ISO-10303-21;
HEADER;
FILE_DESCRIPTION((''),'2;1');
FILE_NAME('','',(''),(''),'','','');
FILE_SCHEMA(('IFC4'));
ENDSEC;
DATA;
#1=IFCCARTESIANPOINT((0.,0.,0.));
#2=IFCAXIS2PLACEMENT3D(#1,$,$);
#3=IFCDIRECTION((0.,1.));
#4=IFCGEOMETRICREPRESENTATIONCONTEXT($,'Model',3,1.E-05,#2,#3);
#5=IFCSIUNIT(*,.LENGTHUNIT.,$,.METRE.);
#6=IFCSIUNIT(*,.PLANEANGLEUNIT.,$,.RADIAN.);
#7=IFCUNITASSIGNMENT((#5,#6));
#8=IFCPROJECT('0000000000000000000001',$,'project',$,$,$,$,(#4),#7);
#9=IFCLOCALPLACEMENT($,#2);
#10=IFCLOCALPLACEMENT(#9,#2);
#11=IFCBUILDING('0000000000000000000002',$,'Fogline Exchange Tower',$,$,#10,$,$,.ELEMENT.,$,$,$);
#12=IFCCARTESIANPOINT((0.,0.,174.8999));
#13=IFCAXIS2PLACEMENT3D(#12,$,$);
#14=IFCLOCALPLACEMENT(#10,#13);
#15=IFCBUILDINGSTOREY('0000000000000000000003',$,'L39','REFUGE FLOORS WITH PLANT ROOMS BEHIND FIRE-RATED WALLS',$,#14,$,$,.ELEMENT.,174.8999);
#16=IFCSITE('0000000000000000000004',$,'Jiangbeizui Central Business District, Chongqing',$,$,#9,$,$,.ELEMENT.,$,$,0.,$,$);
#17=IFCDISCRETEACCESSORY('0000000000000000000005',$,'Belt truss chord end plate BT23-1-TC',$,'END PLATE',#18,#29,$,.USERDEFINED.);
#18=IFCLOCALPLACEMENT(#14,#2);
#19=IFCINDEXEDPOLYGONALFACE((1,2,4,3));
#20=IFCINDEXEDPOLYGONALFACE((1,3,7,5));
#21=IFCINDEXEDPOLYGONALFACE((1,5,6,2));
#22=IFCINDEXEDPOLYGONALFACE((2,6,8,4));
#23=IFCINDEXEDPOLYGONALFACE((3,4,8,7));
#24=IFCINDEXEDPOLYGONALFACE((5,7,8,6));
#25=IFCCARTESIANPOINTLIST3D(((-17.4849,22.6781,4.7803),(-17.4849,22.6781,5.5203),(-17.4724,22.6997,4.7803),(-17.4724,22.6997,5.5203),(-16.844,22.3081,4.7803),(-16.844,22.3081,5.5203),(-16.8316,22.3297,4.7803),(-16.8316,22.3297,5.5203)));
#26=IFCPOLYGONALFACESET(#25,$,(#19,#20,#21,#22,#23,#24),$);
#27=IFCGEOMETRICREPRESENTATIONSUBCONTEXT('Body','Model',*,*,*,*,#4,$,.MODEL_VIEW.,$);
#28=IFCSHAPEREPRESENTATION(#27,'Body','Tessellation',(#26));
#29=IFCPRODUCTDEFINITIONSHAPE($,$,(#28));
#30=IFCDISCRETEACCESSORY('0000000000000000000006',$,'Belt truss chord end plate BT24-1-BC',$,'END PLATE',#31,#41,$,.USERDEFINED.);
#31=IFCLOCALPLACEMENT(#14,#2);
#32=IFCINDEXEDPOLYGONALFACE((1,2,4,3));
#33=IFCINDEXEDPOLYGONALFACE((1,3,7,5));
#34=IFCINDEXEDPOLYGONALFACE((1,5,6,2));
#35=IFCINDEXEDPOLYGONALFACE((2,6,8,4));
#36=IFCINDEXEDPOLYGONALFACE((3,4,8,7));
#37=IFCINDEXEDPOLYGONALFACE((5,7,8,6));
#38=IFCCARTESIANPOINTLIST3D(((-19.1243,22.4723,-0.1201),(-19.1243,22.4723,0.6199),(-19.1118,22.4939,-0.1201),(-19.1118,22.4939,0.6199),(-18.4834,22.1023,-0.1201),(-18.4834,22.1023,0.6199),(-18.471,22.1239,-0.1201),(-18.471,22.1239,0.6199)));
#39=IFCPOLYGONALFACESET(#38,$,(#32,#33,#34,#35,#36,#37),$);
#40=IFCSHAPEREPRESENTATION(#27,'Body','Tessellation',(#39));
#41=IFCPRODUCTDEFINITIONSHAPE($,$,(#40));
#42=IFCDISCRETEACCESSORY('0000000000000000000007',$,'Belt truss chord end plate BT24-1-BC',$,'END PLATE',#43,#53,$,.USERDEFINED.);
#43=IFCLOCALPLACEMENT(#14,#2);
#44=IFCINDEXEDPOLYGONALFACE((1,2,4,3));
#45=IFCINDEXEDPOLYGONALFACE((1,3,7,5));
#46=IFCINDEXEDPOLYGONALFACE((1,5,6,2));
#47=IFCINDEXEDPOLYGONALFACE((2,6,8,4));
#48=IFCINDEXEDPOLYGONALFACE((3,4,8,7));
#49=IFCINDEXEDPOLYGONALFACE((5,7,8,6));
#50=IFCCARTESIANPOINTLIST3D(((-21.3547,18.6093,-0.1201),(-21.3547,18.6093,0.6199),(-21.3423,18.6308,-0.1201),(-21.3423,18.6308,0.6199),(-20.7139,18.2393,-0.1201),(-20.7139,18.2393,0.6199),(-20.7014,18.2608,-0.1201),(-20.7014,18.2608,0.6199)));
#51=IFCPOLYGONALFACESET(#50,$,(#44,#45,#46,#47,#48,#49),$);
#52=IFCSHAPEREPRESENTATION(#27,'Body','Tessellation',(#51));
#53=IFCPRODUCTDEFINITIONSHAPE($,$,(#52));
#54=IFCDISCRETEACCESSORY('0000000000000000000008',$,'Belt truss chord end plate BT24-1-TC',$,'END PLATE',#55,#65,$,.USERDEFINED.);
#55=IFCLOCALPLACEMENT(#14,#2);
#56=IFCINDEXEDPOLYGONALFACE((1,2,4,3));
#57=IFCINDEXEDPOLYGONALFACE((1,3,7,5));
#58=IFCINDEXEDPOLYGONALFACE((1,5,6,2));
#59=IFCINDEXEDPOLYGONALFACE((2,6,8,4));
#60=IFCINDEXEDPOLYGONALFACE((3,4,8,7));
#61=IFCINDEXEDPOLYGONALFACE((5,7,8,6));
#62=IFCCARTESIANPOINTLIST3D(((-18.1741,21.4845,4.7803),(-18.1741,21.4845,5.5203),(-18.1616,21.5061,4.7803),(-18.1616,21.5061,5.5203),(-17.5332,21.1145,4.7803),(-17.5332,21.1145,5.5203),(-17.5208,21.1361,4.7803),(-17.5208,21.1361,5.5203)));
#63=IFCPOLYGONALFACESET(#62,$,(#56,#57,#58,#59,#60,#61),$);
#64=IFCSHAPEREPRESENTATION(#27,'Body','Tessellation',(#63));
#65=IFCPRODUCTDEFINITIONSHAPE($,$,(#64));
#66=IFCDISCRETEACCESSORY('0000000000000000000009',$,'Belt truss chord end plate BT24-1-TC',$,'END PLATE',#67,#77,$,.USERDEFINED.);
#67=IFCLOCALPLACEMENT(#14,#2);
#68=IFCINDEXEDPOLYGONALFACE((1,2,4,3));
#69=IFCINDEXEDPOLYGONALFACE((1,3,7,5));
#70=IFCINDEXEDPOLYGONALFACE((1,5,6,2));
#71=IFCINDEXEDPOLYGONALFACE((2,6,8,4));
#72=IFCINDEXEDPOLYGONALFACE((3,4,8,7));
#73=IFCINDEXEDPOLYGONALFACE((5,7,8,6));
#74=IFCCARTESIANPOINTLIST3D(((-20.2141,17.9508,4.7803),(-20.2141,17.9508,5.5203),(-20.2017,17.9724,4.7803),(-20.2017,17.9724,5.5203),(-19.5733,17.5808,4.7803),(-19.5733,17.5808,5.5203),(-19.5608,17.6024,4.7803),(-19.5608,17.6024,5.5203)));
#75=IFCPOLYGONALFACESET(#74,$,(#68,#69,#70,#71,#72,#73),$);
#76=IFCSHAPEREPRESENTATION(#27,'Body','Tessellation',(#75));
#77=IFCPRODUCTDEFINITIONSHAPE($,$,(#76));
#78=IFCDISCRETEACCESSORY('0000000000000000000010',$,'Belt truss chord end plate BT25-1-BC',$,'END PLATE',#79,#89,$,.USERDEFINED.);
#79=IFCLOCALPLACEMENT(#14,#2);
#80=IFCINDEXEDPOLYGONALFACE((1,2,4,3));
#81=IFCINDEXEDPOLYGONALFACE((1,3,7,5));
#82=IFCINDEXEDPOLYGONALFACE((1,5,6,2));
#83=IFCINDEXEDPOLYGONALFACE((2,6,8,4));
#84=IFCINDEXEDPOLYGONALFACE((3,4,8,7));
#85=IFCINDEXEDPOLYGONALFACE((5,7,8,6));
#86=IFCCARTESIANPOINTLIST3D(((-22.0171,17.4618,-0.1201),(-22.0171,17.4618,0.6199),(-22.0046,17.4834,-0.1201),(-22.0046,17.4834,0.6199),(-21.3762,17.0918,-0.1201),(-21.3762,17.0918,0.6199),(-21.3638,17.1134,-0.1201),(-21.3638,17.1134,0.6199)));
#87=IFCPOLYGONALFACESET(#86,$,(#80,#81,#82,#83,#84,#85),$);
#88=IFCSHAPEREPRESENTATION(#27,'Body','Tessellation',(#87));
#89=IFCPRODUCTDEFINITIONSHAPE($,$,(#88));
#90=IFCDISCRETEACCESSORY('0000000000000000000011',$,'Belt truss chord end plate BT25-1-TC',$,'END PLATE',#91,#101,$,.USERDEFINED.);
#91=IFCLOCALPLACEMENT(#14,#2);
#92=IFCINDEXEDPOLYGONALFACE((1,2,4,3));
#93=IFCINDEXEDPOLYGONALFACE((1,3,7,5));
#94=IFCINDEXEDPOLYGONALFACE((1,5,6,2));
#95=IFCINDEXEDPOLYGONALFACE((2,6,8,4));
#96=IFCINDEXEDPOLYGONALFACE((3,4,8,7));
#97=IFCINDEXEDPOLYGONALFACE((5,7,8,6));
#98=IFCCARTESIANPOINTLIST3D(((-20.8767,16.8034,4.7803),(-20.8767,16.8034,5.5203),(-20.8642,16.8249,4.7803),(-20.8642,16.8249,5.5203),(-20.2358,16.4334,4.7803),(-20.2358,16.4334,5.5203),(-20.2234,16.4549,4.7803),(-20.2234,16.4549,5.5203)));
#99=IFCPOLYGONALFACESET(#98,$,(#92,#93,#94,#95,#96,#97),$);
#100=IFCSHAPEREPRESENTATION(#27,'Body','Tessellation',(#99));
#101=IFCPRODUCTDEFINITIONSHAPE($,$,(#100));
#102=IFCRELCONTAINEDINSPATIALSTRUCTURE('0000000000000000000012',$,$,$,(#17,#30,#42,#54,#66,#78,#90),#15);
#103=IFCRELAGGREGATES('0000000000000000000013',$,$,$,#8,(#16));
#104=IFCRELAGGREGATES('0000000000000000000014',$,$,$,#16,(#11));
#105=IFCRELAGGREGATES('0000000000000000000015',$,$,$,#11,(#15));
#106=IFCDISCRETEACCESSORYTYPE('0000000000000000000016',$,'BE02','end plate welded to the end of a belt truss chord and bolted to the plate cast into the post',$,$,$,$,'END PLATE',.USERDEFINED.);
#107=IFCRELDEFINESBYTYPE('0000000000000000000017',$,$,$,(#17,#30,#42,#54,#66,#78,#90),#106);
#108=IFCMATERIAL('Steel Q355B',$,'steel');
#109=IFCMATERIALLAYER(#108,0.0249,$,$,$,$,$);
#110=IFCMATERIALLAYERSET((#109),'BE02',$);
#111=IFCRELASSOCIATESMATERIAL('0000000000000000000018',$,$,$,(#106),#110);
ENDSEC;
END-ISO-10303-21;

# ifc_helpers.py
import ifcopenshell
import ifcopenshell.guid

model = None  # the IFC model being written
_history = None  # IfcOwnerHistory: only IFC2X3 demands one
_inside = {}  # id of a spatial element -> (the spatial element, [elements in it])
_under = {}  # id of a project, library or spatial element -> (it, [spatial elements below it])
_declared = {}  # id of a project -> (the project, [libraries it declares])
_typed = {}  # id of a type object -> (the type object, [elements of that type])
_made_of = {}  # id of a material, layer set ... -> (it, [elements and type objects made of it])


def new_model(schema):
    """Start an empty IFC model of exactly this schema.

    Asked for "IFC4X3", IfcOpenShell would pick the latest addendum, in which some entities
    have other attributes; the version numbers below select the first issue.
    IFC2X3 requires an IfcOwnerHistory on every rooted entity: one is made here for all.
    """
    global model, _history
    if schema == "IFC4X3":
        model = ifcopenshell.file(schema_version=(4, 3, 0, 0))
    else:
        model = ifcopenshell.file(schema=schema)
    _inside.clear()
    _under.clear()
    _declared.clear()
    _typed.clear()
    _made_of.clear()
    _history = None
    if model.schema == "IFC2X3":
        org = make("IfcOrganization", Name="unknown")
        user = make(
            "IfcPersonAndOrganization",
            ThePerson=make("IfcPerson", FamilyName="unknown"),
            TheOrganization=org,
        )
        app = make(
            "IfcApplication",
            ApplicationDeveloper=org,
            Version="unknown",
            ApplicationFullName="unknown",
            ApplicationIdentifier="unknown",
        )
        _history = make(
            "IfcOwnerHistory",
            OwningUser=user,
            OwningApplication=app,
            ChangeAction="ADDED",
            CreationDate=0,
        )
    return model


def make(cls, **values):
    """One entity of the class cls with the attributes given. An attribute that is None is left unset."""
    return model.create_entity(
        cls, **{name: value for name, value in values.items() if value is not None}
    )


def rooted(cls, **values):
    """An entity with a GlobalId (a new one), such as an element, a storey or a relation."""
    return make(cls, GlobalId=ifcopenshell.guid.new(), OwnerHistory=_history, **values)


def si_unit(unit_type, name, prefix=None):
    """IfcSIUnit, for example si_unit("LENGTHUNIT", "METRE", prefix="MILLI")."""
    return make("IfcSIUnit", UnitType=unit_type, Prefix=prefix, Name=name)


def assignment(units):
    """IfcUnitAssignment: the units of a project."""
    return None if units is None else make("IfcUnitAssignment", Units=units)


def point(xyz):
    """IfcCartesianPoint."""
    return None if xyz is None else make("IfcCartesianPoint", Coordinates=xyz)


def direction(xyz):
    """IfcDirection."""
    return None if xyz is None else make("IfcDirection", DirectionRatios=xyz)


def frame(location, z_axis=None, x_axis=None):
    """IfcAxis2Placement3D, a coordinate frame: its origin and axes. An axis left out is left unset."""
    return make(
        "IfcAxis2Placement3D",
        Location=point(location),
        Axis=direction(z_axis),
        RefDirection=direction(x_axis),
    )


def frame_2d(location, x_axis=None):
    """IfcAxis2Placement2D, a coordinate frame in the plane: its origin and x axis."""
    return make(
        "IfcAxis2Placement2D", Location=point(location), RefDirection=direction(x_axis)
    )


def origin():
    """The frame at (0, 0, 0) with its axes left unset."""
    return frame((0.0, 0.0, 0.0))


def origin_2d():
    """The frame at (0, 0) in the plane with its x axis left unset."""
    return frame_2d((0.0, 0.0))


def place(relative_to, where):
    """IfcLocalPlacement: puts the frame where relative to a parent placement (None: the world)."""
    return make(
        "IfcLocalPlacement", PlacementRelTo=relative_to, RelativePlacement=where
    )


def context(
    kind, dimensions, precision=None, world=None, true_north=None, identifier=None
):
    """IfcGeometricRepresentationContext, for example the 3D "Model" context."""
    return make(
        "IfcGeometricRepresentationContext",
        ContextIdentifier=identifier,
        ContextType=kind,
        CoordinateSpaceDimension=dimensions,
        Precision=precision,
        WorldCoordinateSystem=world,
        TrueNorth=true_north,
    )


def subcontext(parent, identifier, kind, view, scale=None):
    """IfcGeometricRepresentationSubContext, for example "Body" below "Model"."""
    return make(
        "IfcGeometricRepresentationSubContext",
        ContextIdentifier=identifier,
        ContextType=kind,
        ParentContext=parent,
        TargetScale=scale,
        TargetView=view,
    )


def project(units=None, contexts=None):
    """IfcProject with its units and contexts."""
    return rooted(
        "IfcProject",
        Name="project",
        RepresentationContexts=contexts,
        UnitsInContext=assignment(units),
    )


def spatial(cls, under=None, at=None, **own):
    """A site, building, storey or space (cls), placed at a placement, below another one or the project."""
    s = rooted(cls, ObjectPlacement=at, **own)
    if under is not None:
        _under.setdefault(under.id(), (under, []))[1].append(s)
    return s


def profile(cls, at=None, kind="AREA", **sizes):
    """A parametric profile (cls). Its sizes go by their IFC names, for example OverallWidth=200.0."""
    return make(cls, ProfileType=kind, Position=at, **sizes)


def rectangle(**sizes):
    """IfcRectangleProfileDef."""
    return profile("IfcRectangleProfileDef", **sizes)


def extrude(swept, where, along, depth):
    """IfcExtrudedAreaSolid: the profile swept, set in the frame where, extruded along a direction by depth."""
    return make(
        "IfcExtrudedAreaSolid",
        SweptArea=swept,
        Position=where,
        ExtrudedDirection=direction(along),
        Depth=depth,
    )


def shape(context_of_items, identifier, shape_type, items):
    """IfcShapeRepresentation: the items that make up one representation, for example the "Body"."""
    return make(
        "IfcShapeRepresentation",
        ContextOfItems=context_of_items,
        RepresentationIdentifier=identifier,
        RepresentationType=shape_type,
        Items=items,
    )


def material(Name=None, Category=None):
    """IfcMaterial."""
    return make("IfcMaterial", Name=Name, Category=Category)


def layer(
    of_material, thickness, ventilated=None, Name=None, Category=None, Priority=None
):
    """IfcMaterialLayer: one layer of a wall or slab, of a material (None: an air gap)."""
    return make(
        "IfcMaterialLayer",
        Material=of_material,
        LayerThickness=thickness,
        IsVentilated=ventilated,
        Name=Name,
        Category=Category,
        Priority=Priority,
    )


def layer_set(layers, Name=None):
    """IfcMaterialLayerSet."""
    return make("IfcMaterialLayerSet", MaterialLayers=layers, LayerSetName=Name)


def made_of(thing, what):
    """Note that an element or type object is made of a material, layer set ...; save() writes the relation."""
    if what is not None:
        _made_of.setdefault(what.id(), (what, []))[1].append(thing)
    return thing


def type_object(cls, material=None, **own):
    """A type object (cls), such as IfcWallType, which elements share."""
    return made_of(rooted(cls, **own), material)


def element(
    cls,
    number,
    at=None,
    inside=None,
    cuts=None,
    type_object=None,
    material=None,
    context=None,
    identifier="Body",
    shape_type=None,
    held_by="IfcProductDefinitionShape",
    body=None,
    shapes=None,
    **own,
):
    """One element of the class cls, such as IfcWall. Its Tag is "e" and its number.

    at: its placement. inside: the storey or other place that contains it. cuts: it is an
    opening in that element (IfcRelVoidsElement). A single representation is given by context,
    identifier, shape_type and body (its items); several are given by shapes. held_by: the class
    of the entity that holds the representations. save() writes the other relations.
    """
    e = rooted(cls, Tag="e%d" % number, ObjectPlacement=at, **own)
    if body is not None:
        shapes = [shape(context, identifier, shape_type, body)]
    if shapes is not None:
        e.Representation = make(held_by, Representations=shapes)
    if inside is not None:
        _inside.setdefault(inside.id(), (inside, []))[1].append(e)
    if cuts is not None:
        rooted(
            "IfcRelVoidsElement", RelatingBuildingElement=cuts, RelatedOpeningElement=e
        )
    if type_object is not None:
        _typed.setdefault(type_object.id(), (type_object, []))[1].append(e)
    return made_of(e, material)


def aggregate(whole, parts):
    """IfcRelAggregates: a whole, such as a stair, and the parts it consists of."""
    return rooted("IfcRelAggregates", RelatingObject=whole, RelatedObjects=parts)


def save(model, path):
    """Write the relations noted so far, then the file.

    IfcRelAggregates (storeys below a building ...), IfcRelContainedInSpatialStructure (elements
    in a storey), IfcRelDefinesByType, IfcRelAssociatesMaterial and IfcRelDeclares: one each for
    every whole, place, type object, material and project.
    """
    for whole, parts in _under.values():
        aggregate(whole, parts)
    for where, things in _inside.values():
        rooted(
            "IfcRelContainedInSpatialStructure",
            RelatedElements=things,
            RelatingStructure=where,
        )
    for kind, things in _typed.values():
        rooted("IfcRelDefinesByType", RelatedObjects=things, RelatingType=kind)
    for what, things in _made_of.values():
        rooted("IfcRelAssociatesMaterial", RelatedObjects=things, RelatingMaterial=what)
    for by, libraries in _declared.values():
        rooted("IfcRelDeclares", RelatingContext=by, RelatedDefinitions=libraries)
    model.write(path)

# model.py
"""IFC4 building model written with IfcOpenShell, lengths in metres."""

from ifc_helpers import new_model, si_unit, direction, frame, origin, origin_2d, place, context, subcontext, project, spatial, rectangle, extrude, material, layer, layer_set, type_object, element, save


model = new_model("IFC4")

# Units and contexts
model_context = context("Model", 3, precision=1e-05, world=origin(), true_north=direction((0.0, 1.0)))
body_context = subcontext(model_context, "Body", "Model", "MODEL_VIEW")
ifc_project = project(units=[si_unit("LENGTHUNIT", "METRE"), si_unit("PLANEANGLEUNIT", "RADIAN")], contexts=[model_context])

# Site, building, storey
site_placement = place(None, origin())
site = spatial("IfcSite", under=ifc_project, at=site_placement, Name="Jiangbeizui Central Business District, Chongqing", CompositionType="ELEMENT", RefElevation=0.0)
building_placement = place(site_placement, origin())
building = spatial("IfcBuilding", under=site, at=building_placement, Name="Fogline Exchange Tower", CompositionType="ELEMENT")
storey_placement = place(building_placement, frame((0.0, 0.0, 174.8999)))
storey = spatial("IfcBuildingStorey", under=building, at=storey_placement, Name="L39", Description="REFUGE FLOORS WITH PLANT ROOMS BEHIND FIRE-RATED WALLS", CompositionType="ELEMENT", Elevation=174.8999)

# Shared definitions
ifc_material_1 = material(Name="Steel Q355B", Category="steel")

# Discrete accessories
ifc_layer = layer(ifc_material_1, 0.0249)
ifc_layer_set = layer_set([ifc_layer], Name="BE02")
discrete_accessory_type = type_object("IfcDiscreteAccessoryType", Name="BE02", Description="end plate welded to the end of a belt truss chord and bolted to the plate cast into the post", ElementType="END PLATE", PredefinedType="USERDEFINED", material=ifc_layer_set)
for number, where, z_axis, x_axis, name in (
    (1, (-17.1582, 22.5039, 4.7803), (0.0, 0.0, 1.0), (-0.5, -0.866025, 0.0), "Belt truss chord end plate BT23-1-TC"),
    (2, (-18.7976, 22.2981, -0.1201), (0.0, 0.0, 1.0), (0.5, 0.866025, 0.0), "Belt truss chord end plate BT24-1-BC"),
    (3, (-21.0281, 18.4351, -0.1201), (0.0, 0.0, 1.0), (-0.5, -0.866025, 0.0), "Belt truss chord end plate BT24-1-BC"),
    (4, (-17.8474, 21.3103, 4.7803), (0.0, 0.0, 1.0), (0.5, 0.866025, 0.0), "Belt truss chord end plate BT24-1-TC"),
    (5, (-19.8875, 17.7766, 4.7803), (0.0, 0.0, 1.0), (-0.5, -0.866025, 0.0), "Belt truss chord end plate BT24-1-TC"),
    (6, (-21.6904, 17.2876, -0.1201), (0.0, 0.0, 1.0), (0.5, 0.866025, 0.0), "Belt truss chord end plate BT25-1-BC"),
    (7, (-20.55, 16.6292, 4.7803), (0.0, 0.0, 1.0), (0.5, 0.866025, 0.0), "Belt truss chord end plate BT25-1-TC"),
):
    element("IfcDiscreteAccessory", number, at=place(storey_placement, frame(where, z_axis=z_axis, x_axis=x_axis)), inside=storey, type_object=discrete_accessory_type, Name=name, ObjectType="END PLATE", PredefinedType="USERDEFINED", context=body_context, shape_type="SweptSolid", body=[
        extrude(rectangle(XDim=0.0249, YDim=0.74, at=origin_2d()), origin(), (0.0, 0.0, 1.0), 0.74),
    ])

save(model, "model.ifc")
